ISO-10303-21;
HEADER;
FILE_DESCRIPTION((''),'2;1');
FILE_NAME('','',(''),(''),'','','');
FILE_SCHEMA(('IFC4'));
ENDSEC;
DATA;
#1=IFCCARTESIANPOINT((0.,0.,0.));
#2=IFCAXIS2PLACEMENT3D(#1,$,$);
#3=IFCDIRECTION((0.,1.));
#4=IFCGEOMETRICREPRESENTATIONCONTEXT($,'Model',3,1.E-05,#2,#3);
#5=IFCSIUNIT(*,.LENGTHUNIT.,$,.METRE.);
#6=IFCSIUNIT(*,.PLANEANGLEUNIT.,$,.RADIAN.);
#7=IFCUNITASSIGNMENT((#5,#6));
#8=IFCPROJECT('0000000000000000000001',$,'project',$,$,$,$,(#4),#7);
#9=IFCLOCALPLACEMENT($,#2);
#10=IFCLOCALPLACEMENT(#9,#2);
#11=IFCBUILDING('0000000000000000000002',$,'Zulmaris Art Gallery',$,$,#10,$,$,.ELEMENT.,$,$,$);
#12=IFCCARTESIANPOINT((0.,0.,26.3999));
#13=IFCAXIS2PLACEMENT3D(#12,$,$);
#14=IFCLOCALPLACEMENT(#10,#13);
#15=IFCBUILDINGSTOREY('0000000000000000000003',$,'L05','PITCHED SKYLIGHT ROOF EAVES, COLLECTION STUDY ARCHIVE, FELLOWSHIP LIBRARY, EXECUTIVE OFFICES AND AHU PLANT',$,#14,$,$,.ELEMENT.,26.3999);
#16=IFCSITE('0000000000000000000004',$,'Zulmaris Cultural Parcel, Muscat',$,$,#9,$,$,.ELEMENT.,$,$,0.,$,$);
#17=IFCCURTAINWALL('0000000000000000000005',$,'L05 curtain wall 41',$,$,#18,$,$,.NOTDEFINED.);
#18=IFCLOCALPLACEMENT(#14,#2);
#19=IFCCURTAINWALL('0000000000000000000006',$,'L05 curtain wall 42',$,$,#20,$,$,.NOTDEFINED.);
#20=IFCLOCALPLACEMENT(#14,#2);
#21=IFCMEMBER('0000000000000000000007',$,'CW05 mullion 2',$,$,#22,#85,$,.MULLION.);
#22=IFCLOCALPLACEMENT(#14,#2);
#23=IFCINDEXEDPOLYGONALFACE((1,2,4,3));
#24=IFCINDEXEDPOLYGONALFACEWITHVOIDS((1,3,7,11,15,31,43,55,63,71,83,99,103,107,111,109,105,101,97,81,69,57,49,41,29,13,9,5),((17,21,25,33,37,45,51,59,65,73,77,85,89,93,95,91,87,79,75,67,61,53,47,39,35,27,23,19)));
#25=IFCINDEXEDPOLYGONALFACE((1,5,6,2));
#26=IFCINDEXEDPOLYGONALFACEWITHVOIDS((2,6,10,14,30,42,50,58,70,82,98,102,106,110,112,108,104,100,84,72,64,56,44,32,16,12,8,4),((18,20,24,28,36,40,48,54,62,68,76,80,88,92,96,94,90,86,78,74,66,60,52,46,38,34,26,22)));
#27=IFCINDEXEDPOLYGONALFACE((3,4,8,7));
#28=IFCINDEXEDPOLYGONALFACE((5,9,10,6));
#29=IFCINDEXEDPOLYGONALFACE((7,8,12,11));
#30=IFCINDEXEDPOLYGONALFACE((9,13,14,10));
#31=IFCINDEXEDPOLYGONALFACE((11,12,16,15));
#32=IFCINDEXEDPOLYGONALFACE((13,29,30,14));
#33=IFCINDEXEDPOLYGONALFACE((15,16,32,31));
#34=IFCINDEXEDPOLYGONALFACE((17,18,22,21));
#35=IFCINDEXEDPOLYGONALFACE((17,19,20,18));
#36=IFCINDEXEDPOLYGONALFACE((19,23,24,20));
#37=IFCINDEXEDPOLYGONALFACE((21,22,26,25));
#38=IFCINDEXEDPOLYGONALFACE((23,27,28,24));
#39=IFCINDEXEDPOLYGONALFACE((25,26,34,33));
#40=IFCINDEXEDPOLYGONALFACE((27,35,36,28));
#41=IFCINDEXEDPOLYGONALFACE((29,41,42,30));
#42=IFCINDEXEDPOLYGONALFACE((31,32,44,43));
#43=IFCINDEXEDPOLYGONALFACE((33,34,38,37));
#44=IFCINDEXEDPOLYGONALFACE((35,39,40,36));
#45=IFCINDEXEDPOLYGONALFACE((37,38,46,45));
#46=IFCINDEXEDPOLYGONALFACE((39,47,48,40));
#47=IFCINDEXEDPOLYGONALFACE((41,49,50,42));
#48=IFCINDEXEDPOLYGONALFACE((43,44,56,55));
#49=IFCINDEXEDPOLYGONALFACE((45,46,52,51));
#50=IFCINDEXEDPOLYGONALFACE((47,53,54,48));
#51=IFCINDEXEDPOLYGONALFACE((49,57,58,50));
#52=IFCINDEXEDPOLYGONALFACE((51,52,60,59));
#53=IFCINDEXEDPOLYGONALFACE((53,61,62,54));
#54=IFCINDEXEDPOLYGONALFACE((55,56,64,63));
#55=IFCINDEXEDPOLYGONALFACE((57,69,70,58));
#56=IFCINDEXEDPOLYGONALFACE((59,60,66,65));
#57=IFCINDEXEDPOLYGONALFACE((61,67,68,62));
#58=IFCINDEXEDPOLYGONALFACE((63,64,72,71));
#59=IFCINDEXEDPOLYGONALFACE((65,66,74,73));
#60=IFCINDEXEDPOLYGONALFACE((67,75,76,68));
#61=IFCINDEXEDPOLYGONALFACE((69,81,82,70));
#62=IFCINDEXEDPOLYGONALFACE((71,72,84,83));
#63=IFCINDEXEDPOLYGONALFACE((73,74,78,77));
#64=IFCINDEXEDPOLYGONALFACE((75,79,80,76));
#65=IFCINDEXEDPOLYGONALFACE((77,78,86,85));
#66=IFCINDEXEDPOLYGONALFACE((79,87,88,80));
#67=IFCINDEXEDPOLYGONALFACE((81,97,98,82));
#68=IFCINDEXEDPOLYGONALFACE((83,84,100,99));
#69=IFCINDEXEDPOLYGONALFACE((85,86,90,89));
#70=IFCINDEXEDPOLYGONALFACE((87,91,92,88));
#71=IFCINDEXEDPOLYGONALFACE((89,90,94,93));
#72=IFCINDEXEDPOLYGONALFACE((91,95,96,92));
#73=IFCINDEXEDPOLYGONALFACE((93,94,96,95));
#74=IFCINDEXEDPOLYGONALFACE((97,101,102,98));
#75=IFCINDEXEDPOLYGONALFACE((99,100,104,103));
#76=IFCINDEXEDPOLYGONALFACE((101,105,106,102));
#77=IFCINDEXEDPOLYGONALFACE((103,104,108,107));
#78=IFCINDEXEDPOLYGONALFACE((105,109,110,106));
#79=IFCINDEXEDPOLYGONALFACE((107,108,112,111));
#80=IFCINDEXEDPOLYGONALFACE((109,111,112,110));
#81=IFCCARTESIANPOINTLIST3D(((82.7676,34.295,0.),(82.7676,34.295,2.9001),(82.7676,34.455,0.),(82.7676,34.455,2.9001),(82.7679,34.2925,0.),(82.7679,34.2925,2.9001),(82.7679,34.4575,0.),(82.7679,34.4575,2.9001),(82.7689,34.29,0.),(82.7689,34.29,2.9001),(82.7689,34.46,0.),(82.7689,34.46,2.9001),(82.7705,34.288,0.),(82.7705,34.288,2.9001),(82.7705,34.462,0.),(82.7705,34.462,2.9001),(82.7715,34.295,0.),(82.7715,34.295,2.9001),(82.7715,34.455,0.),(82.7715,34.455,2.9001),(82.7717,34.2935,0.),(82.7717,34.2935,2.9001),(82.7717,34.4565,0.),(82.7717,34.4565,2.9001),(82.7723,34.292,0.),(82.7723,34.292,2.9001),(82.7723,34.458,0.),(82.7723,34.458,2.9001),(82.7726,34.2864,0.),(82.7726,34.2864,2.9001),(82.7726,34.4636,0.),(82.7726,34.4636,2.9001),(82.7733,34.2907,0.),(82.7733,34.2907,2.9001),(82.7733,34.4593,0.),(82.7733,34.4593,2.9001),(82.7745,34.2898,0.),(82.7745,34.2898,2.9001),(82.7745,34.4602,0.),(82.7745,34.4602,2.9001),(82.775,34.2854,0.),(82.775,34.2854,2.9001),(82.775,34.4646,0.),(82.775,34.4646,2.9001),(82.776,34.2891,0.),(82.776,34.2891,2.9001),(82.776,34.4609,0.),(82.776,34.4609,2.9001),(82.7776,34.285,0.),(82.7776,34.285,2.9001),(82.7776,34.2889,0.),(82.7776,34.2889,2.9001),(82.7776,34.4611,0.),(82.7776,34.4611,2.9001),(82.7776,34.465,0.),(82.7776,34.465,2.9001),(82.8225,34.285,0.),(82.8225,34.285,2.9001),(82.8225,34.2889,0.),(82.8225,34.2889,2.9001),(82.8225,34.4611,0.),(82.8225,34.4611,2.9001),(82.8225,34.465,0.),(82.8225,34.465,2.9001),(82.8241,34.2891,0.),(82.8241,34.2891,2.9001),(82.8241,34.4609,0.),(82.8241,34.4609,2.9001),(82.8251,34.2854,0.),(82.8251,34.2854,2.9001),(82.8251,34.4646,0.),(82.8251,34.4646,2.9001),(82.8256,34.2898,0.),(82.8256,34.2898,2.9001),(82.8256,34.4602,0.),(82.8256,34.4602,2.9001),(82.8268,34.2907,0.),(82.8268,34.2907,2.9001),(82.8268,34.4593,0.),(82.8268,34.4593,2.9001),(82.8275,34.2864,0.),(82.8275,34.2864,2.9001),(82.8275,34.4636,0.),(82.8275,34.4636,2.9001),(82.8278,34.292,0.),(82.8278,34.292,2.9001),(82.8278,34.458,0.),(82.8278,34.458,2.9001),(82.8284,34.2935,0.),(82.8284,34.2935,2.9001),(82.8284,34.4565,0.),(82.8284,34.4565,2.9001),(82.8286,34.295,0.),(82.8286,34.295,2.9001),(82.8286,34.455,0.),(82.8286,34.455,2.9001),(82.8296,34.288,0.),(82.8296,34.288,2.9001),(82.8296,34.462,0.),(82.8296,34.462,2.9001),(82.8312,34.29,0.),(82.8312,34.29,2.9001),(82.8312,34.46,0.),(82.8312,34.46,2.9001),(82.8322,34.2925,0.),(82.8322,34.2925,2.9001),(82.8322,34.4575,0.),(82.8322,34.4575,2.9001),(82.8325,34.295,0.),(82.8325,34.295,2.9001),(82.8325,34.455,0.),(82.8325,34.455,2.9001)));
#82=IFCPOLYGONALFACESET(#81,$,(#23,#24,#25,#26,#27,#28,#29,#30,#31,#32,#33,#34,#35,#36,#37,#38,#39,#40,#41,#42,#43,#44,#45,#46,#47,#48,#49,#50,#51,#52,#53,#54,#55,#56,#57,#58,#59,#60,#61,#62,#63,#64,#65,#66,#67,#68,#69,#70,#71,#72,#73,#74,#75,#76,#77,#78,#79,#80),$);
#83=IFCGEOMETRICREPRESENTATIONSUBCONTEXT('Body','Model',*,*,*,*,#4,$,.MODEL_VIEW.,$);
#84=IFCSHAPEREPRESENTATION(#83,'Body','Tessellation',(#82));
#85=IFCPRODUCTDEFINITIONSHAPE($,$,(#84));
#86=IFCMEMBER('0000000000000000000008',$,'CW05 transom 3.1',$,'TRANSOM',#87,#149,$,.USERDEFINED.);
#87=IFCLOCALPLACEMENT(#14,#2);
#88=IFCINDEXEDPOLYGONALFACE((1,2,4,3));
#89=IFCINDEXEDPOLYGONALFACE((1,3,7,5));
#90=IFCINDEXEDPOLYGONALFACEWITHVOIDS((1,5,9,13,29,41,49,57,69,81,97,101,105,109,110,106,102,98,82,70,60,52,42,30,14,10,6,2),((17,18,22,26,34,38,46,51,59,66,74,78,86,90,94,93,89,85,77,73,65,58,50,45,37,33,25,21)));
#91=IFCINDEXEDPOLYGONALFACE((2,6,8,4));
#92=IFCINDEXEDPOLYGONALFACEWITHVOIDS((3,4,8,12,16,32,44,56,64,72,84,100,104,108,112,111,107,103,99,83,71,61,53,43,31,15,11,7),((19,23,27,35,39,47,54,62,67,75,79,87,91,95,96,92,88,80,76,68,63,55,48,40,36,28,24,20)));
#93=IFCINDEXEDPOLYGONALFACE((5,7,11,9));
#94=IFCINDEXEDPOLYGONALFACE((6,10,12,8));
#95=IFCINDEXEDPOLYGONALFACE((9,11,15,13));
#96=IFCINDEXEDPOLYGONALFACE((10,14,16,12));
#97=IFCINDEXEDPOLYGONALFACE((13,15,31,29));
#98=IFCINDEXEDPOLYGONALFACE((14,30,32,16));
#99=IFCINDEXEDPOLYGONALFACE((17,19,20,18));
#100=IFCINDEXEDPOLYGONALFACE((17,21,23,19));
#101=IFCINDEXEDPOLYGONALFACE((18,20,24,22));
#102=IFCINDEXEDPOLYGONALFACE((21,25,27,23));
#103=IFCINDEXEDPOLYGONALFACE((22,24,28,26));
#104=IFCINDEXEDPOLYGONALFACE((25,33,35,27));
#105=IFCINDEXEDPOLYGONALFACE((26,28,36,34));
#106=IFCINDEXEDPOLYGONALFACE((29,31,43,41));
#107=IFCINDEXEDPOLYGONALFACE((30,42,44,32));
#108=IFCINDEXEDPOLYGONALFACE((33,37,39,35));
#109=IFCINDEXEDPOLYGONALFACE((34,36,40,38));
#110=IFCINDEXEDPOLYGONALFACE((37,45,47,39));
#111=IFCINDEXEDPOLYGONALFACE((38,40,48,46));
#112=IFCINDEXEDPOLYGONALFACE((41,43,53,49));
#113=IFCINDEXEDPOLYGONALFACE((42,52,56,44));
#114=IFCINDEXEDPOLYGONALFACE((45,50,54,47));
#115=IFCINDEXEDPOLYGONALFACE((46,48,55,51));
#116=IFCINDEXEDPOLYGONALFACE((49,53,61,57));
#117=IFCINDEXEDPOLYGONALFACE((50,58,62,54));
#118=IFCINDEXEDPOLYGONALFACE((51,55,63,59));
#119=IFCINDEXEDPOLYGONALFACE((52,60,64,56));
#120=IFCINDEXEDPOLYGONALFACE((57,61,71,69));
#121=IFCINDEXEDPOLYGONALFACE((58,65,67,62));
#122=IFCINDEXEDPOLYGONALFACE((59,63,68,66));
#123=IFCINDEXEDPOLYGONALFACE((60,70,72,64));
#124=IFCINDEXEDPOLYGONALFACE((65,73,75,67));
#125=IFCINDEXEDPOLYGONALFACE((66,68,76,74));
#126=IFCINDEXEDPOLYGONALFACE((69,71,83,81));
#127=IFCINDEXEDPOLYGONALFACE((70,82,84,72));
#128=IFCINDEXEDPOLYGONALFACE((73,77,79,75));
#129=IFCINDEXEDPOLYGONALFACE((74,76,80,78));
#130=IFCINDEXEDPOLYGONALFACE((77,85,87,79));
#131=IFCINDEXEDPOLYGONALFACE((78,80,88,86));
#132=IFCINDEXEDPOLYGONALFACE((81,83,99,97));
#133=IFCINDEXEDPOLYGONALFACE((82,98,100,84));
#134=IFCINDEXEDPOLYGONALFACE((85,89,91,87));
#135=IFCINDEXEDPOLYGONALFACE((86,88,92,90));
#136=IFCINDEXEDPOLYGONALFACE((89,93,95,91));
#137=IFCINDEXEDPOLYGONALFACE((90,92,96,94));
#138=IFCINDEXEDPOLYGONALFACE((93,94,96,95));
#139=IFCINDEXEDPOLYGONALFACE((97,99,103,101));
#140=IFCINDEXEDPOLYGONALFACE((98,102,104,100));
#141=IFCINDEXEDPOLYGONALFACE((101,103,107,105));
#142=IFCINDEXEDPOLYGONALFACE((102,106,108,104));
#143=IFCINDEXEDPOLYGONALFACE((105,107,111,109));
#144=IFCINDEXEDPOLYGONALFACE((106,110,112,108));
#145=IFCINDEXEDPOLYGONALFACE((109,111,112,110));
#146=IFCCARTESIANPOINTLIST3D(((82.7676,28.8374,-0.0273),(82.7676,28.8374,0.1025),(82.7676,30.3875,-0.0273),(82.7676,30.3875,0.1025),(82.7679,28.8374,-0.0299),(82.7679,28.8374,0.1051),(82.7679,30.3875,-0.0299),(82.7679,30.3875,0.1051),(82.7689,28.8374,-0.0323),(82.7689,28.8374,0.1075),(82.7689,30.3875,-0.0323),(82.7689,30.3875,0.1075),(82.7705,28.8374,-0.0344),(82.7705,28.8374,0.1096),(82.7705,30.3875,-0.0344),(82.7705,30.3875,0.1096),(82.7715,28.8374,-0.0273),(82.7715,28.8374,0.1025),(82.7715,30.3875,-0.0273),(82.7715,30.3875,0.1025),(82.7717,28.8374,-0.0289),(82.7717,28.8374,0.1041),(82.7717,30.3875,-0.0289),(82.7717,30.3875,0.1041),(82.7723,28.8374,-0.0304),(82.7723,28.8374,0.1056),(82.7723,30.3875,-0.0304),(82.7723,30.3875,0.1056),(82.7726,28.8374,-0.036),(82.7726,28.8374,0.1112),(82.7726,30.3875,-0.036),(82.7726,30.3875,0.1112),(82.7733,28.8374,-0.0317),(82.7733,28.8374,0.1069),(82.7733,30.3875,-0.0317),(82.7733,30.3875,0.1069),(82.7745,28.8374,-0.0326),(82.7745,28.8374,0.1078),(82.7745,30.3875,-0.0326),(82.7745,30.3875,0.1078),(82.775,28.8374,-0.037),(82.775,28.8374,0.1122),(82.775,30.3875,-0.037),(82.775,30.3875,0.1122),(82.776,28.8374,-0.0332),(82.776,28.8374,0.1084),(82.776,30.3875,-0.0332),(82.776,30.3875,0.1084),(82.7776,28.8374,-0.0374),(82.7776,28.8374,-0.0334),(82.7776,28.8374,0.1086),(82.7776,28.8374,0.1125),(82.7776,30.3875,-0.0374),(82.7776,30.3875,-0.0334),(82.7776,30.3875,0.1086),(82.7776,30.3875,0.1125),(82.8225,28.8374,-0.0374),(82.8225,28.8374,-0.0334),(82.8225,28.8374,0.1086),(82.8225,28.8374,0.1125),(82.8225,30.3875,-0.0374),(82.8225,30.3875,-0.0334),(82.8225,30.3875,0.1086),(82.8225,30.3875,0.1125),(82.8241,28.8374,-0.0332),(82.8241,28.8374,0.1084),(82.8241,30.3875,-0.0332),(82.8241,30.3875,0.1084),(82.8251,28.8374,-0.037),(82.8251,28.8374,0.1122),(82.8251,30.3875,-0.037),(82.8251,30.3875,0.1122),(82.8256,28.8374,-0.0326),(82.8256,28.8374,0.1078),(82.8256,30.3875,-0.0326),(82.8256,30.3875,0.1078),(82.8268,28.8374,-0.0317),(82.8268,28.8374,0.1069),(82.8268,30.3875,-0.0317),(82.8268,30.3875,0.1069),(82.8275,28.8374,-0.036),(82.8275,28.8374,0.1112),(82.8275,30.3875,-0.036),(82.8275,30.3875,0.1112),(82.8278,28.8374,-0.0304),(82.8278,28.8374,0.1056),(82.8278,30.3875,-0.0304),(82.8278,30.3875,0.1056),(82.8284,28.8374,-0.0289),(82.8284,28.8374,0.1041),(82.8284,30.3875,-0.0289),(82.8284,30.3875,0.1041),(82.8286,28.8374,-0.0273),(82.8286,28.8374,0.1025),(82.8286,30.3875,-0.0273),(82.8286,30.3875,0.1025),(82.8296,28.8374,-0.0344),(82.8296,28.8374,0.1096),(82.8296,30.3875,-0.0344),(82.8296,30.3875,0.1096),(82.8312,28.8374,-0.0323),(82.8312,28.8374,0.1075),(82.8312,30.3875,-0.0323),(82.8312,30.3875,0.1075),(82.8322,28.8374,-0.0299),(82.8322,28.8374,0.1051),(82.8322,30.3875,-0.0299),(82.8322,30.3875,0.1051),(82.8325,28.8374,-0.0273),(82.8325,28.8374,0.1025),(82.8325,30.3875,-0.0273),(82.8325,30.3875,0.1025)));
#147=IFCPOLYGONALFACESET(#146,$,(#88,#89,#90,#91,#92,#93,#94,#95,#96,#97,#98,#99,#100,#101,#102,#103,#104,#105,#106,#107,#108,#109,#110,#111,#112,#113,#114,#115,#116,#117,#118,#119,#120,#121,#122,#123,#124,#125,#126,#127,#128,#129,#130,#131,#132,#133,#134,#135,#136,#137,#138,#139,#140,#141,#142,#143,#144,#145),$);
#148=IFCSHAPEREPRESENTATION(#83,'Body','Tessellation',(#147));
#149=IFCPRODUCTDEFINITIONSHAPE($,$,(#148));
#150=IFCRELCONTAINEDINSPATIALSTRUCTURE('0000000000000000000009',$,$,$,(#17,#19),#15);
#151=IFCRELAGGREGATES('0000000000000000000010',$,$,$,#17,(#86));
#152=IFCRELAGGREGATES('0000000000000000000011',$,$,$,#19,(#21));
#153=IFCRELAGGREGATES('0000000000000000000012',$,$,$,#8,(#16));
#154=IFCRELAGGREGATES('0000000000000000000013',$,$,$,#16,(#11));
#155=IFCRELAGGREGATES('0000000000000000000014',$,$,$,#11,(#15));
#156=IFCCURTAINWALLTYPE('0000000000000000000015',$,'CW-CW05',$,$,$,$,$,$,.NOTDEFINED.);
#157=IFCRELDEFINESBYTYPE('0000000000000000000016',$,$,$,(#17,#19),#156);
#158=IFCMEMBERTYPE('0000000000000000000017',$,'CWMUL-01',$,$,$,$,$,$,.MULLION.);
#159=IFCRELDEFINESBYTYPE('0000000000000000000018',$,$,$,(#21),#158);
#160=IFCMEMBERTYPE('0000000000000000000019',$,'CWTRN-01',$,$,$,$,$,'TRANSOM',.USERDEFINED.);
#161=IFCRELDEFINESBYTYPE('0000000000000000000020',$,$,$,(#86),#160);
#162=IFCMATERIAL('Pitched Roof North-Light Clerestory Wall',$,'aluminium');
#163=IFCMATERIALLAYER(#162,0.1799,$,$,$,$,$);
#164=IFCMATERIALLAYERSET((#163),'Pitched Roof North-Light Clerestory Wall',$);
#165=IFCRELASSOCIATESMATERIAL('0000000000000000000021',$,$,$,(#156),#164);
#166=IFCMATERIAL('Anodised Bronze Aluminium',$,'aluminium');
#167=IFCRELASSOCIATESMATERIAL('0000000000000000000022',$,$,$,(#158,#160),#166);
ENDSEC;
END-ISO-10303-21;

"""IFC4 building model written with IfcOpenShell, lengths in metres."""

from ifc_helpers import new_model, si_unit, direction, frame, origin, origin_2d, place, context, subcontext, project, spatial, hollow_rectangle, extrude, material, layer, layer_set, material_profile, profile_set, type_object, element, aggregate, save


model = new_model("IFC4")

# Units and contexts
model_context = context("Model", 3, precision=1e-05, world=origin(), true_north=direction((0.0, 1.0)))
body_context = subcontext(model_context, "Body", "Model", "MODEL_VIEW")
ifc_project = project(units=[si_unit("LENGTHUNIT", "METRE"), si_unit("PLANEANGLEUNIT", "RADIAN")], contexts=[model_context])

# Site, building, storey
site_placement = place(None, origin())
site = spatial("IfcSite", under=ifc_project, at=site_placement, Name="Zulmaris Cultural Parcel, Muscat", CompositionType="ELEMENT", RefElevation=0.0)
building_placement = place(site_placement, origin())
building = spatial("IfcBuilding", under=site, at=building_placement, Name="Zulmaris Art Gallery", CompositionType="ELEMENT")
storey_placement = place(building_placement, frame((0.0, 0.0, 26.3999)))
storey = spatial("IfcBuildingStorey", under=building, at=storey_placement, Name="L05", Description="PITCHED SKYLIGHT ROOF EAVES, COLLECTION STUDY ARCHIVE, FELLOWSHIP LIBRARY, EXECUTIVE OFFICES AND AHU PLANT", CompositionType="ELEMENT", Elevation=26.3999)

# Curtain walls, member
ifc_material_1 = material(Name="Pitched Roof North-Light Clerestory Wall", Category="aluminium")
ifc_layer_1 = layer(ifc_material_1, 0.1799)
ifc_layer_set_1 = layer_set([ifc_layer_1], Name="Pitched Roof North-Light Clerestory Wall")
curtain_wall_type = type_object("IfcCurtainWallType", Name="CW-CW05", PredefinedType="NOTDEFINED", material=ifc_layer_set_1)
curtain_wall_1_placement = place(storey_placement, origin())
curtain_wall_1 = element("IfcCurtainWall", 1, at=curtain_wall_1_placement, inside=storey, type_object=curtain_wall_type, Name="L05 curtain wall 41", PredefinedType="NOTDEFINED")
ifc_material_2 = material(Name="Anodised Bronze Aluminium", Category="aluminium")
ifc_material_profile_1 = material_profile(ifc_material_2, hollow_rectangle(XDim=0.0649, YDim=0.1799, WallThickness=0.0039, InnerFilletRadius=0.0061, OuterFilletRadius=0.01, at=origin_2d()), Name="ALU 65x180x4")
ifc_profile_set_1 = profile_set([ifc_material_profile_1], Name="Anodised Bronze Aluminium")
member_type_1 = type_object("IfcMemberType", Name="CWMUL-01", PredefinedType="MULLION", material=ifc_profile_set_1)
curtain_wall_2_placement = place(storey_placement, origin())
curtain_wall_2 = element("IfcCurtainWall", 2, at=curtain_wall_2_placement, inside=storey, type_object=curtain_wall_type, Name="L05 curtain wall 42", PredefinedType="NOTDEFINED")
member_1_placement = place(storey_placement, frame((82.8, 34.375, 0.0), z_axis=(0.0, 0.0, 1.0), x_axis=(-1.0, 0.0, 0.0)))
member_1 = element("IfcMember", 3, at=member_1_placement, type_object=member_type_1, Name="CW05 mullion 2", PredefinedType="MULLION", context=body_context, shape_type="SweptSolid", body=[
    extrude(hollow_rectangle(XDim=0.0649, YDim=0.1799, WallThickness=0.0039, InnerFilletRadius=0.0061, OuterFilletRadius=0.01, at=origin_2d()), origin(), (0.0, 0.0, 1.0), 2.9001),
])

# Member
ifc_material_profile_2 = material_profile(ifc_material_2, hollow_rectangle(XDim=0.0649, YDim=0.1499, WallThickness=0.0039, InnerFilletRadius=0.0061, OuterFilletRadius=0.01, at=origin_2d()), Name="ALU 65x150x4")
ifc_profile_set_2 = profile_set([ifc_material_profile_2], Name="Anodised Bronze Aluminium")
member_type_2 = type_object("IfcMemberType", Name="CWTRN-01", ElementType="TRANSOM", PredefinedType="USERDEFINED", material=ifc_profile_set_2)
member_2_placement = place(storey_placement, frame((82.8, 28.8374, 0.0376), z_axis=(0.0, 1.0, 0.0), x_axis=(-1.0, 0.0, 0.0)))
member_2 = element("IfcMember", 4, at=member_2_placement, type_object=member_type_2, Name="CW05 transom 3.1", ObjectType="TRANSOM", PredefinedType="USERDEFINED", context=body_context, shape_type="SweptSolid", body=[
    extrude(hollow_rectangle(XDim=0.0649, YDim=0.1499, WallThickness=0.0039, InnerFilletRadius=0.0061, OuterFilletRadius=0.01, at=origin_2d()), origin(), (0.0, 0.0, 1.0), 1.55),
])

aggregate(curtain_wall_1, [member_2])
aggregate(curtain_wall_2, [member_1])

save(model, "model.ifc")
